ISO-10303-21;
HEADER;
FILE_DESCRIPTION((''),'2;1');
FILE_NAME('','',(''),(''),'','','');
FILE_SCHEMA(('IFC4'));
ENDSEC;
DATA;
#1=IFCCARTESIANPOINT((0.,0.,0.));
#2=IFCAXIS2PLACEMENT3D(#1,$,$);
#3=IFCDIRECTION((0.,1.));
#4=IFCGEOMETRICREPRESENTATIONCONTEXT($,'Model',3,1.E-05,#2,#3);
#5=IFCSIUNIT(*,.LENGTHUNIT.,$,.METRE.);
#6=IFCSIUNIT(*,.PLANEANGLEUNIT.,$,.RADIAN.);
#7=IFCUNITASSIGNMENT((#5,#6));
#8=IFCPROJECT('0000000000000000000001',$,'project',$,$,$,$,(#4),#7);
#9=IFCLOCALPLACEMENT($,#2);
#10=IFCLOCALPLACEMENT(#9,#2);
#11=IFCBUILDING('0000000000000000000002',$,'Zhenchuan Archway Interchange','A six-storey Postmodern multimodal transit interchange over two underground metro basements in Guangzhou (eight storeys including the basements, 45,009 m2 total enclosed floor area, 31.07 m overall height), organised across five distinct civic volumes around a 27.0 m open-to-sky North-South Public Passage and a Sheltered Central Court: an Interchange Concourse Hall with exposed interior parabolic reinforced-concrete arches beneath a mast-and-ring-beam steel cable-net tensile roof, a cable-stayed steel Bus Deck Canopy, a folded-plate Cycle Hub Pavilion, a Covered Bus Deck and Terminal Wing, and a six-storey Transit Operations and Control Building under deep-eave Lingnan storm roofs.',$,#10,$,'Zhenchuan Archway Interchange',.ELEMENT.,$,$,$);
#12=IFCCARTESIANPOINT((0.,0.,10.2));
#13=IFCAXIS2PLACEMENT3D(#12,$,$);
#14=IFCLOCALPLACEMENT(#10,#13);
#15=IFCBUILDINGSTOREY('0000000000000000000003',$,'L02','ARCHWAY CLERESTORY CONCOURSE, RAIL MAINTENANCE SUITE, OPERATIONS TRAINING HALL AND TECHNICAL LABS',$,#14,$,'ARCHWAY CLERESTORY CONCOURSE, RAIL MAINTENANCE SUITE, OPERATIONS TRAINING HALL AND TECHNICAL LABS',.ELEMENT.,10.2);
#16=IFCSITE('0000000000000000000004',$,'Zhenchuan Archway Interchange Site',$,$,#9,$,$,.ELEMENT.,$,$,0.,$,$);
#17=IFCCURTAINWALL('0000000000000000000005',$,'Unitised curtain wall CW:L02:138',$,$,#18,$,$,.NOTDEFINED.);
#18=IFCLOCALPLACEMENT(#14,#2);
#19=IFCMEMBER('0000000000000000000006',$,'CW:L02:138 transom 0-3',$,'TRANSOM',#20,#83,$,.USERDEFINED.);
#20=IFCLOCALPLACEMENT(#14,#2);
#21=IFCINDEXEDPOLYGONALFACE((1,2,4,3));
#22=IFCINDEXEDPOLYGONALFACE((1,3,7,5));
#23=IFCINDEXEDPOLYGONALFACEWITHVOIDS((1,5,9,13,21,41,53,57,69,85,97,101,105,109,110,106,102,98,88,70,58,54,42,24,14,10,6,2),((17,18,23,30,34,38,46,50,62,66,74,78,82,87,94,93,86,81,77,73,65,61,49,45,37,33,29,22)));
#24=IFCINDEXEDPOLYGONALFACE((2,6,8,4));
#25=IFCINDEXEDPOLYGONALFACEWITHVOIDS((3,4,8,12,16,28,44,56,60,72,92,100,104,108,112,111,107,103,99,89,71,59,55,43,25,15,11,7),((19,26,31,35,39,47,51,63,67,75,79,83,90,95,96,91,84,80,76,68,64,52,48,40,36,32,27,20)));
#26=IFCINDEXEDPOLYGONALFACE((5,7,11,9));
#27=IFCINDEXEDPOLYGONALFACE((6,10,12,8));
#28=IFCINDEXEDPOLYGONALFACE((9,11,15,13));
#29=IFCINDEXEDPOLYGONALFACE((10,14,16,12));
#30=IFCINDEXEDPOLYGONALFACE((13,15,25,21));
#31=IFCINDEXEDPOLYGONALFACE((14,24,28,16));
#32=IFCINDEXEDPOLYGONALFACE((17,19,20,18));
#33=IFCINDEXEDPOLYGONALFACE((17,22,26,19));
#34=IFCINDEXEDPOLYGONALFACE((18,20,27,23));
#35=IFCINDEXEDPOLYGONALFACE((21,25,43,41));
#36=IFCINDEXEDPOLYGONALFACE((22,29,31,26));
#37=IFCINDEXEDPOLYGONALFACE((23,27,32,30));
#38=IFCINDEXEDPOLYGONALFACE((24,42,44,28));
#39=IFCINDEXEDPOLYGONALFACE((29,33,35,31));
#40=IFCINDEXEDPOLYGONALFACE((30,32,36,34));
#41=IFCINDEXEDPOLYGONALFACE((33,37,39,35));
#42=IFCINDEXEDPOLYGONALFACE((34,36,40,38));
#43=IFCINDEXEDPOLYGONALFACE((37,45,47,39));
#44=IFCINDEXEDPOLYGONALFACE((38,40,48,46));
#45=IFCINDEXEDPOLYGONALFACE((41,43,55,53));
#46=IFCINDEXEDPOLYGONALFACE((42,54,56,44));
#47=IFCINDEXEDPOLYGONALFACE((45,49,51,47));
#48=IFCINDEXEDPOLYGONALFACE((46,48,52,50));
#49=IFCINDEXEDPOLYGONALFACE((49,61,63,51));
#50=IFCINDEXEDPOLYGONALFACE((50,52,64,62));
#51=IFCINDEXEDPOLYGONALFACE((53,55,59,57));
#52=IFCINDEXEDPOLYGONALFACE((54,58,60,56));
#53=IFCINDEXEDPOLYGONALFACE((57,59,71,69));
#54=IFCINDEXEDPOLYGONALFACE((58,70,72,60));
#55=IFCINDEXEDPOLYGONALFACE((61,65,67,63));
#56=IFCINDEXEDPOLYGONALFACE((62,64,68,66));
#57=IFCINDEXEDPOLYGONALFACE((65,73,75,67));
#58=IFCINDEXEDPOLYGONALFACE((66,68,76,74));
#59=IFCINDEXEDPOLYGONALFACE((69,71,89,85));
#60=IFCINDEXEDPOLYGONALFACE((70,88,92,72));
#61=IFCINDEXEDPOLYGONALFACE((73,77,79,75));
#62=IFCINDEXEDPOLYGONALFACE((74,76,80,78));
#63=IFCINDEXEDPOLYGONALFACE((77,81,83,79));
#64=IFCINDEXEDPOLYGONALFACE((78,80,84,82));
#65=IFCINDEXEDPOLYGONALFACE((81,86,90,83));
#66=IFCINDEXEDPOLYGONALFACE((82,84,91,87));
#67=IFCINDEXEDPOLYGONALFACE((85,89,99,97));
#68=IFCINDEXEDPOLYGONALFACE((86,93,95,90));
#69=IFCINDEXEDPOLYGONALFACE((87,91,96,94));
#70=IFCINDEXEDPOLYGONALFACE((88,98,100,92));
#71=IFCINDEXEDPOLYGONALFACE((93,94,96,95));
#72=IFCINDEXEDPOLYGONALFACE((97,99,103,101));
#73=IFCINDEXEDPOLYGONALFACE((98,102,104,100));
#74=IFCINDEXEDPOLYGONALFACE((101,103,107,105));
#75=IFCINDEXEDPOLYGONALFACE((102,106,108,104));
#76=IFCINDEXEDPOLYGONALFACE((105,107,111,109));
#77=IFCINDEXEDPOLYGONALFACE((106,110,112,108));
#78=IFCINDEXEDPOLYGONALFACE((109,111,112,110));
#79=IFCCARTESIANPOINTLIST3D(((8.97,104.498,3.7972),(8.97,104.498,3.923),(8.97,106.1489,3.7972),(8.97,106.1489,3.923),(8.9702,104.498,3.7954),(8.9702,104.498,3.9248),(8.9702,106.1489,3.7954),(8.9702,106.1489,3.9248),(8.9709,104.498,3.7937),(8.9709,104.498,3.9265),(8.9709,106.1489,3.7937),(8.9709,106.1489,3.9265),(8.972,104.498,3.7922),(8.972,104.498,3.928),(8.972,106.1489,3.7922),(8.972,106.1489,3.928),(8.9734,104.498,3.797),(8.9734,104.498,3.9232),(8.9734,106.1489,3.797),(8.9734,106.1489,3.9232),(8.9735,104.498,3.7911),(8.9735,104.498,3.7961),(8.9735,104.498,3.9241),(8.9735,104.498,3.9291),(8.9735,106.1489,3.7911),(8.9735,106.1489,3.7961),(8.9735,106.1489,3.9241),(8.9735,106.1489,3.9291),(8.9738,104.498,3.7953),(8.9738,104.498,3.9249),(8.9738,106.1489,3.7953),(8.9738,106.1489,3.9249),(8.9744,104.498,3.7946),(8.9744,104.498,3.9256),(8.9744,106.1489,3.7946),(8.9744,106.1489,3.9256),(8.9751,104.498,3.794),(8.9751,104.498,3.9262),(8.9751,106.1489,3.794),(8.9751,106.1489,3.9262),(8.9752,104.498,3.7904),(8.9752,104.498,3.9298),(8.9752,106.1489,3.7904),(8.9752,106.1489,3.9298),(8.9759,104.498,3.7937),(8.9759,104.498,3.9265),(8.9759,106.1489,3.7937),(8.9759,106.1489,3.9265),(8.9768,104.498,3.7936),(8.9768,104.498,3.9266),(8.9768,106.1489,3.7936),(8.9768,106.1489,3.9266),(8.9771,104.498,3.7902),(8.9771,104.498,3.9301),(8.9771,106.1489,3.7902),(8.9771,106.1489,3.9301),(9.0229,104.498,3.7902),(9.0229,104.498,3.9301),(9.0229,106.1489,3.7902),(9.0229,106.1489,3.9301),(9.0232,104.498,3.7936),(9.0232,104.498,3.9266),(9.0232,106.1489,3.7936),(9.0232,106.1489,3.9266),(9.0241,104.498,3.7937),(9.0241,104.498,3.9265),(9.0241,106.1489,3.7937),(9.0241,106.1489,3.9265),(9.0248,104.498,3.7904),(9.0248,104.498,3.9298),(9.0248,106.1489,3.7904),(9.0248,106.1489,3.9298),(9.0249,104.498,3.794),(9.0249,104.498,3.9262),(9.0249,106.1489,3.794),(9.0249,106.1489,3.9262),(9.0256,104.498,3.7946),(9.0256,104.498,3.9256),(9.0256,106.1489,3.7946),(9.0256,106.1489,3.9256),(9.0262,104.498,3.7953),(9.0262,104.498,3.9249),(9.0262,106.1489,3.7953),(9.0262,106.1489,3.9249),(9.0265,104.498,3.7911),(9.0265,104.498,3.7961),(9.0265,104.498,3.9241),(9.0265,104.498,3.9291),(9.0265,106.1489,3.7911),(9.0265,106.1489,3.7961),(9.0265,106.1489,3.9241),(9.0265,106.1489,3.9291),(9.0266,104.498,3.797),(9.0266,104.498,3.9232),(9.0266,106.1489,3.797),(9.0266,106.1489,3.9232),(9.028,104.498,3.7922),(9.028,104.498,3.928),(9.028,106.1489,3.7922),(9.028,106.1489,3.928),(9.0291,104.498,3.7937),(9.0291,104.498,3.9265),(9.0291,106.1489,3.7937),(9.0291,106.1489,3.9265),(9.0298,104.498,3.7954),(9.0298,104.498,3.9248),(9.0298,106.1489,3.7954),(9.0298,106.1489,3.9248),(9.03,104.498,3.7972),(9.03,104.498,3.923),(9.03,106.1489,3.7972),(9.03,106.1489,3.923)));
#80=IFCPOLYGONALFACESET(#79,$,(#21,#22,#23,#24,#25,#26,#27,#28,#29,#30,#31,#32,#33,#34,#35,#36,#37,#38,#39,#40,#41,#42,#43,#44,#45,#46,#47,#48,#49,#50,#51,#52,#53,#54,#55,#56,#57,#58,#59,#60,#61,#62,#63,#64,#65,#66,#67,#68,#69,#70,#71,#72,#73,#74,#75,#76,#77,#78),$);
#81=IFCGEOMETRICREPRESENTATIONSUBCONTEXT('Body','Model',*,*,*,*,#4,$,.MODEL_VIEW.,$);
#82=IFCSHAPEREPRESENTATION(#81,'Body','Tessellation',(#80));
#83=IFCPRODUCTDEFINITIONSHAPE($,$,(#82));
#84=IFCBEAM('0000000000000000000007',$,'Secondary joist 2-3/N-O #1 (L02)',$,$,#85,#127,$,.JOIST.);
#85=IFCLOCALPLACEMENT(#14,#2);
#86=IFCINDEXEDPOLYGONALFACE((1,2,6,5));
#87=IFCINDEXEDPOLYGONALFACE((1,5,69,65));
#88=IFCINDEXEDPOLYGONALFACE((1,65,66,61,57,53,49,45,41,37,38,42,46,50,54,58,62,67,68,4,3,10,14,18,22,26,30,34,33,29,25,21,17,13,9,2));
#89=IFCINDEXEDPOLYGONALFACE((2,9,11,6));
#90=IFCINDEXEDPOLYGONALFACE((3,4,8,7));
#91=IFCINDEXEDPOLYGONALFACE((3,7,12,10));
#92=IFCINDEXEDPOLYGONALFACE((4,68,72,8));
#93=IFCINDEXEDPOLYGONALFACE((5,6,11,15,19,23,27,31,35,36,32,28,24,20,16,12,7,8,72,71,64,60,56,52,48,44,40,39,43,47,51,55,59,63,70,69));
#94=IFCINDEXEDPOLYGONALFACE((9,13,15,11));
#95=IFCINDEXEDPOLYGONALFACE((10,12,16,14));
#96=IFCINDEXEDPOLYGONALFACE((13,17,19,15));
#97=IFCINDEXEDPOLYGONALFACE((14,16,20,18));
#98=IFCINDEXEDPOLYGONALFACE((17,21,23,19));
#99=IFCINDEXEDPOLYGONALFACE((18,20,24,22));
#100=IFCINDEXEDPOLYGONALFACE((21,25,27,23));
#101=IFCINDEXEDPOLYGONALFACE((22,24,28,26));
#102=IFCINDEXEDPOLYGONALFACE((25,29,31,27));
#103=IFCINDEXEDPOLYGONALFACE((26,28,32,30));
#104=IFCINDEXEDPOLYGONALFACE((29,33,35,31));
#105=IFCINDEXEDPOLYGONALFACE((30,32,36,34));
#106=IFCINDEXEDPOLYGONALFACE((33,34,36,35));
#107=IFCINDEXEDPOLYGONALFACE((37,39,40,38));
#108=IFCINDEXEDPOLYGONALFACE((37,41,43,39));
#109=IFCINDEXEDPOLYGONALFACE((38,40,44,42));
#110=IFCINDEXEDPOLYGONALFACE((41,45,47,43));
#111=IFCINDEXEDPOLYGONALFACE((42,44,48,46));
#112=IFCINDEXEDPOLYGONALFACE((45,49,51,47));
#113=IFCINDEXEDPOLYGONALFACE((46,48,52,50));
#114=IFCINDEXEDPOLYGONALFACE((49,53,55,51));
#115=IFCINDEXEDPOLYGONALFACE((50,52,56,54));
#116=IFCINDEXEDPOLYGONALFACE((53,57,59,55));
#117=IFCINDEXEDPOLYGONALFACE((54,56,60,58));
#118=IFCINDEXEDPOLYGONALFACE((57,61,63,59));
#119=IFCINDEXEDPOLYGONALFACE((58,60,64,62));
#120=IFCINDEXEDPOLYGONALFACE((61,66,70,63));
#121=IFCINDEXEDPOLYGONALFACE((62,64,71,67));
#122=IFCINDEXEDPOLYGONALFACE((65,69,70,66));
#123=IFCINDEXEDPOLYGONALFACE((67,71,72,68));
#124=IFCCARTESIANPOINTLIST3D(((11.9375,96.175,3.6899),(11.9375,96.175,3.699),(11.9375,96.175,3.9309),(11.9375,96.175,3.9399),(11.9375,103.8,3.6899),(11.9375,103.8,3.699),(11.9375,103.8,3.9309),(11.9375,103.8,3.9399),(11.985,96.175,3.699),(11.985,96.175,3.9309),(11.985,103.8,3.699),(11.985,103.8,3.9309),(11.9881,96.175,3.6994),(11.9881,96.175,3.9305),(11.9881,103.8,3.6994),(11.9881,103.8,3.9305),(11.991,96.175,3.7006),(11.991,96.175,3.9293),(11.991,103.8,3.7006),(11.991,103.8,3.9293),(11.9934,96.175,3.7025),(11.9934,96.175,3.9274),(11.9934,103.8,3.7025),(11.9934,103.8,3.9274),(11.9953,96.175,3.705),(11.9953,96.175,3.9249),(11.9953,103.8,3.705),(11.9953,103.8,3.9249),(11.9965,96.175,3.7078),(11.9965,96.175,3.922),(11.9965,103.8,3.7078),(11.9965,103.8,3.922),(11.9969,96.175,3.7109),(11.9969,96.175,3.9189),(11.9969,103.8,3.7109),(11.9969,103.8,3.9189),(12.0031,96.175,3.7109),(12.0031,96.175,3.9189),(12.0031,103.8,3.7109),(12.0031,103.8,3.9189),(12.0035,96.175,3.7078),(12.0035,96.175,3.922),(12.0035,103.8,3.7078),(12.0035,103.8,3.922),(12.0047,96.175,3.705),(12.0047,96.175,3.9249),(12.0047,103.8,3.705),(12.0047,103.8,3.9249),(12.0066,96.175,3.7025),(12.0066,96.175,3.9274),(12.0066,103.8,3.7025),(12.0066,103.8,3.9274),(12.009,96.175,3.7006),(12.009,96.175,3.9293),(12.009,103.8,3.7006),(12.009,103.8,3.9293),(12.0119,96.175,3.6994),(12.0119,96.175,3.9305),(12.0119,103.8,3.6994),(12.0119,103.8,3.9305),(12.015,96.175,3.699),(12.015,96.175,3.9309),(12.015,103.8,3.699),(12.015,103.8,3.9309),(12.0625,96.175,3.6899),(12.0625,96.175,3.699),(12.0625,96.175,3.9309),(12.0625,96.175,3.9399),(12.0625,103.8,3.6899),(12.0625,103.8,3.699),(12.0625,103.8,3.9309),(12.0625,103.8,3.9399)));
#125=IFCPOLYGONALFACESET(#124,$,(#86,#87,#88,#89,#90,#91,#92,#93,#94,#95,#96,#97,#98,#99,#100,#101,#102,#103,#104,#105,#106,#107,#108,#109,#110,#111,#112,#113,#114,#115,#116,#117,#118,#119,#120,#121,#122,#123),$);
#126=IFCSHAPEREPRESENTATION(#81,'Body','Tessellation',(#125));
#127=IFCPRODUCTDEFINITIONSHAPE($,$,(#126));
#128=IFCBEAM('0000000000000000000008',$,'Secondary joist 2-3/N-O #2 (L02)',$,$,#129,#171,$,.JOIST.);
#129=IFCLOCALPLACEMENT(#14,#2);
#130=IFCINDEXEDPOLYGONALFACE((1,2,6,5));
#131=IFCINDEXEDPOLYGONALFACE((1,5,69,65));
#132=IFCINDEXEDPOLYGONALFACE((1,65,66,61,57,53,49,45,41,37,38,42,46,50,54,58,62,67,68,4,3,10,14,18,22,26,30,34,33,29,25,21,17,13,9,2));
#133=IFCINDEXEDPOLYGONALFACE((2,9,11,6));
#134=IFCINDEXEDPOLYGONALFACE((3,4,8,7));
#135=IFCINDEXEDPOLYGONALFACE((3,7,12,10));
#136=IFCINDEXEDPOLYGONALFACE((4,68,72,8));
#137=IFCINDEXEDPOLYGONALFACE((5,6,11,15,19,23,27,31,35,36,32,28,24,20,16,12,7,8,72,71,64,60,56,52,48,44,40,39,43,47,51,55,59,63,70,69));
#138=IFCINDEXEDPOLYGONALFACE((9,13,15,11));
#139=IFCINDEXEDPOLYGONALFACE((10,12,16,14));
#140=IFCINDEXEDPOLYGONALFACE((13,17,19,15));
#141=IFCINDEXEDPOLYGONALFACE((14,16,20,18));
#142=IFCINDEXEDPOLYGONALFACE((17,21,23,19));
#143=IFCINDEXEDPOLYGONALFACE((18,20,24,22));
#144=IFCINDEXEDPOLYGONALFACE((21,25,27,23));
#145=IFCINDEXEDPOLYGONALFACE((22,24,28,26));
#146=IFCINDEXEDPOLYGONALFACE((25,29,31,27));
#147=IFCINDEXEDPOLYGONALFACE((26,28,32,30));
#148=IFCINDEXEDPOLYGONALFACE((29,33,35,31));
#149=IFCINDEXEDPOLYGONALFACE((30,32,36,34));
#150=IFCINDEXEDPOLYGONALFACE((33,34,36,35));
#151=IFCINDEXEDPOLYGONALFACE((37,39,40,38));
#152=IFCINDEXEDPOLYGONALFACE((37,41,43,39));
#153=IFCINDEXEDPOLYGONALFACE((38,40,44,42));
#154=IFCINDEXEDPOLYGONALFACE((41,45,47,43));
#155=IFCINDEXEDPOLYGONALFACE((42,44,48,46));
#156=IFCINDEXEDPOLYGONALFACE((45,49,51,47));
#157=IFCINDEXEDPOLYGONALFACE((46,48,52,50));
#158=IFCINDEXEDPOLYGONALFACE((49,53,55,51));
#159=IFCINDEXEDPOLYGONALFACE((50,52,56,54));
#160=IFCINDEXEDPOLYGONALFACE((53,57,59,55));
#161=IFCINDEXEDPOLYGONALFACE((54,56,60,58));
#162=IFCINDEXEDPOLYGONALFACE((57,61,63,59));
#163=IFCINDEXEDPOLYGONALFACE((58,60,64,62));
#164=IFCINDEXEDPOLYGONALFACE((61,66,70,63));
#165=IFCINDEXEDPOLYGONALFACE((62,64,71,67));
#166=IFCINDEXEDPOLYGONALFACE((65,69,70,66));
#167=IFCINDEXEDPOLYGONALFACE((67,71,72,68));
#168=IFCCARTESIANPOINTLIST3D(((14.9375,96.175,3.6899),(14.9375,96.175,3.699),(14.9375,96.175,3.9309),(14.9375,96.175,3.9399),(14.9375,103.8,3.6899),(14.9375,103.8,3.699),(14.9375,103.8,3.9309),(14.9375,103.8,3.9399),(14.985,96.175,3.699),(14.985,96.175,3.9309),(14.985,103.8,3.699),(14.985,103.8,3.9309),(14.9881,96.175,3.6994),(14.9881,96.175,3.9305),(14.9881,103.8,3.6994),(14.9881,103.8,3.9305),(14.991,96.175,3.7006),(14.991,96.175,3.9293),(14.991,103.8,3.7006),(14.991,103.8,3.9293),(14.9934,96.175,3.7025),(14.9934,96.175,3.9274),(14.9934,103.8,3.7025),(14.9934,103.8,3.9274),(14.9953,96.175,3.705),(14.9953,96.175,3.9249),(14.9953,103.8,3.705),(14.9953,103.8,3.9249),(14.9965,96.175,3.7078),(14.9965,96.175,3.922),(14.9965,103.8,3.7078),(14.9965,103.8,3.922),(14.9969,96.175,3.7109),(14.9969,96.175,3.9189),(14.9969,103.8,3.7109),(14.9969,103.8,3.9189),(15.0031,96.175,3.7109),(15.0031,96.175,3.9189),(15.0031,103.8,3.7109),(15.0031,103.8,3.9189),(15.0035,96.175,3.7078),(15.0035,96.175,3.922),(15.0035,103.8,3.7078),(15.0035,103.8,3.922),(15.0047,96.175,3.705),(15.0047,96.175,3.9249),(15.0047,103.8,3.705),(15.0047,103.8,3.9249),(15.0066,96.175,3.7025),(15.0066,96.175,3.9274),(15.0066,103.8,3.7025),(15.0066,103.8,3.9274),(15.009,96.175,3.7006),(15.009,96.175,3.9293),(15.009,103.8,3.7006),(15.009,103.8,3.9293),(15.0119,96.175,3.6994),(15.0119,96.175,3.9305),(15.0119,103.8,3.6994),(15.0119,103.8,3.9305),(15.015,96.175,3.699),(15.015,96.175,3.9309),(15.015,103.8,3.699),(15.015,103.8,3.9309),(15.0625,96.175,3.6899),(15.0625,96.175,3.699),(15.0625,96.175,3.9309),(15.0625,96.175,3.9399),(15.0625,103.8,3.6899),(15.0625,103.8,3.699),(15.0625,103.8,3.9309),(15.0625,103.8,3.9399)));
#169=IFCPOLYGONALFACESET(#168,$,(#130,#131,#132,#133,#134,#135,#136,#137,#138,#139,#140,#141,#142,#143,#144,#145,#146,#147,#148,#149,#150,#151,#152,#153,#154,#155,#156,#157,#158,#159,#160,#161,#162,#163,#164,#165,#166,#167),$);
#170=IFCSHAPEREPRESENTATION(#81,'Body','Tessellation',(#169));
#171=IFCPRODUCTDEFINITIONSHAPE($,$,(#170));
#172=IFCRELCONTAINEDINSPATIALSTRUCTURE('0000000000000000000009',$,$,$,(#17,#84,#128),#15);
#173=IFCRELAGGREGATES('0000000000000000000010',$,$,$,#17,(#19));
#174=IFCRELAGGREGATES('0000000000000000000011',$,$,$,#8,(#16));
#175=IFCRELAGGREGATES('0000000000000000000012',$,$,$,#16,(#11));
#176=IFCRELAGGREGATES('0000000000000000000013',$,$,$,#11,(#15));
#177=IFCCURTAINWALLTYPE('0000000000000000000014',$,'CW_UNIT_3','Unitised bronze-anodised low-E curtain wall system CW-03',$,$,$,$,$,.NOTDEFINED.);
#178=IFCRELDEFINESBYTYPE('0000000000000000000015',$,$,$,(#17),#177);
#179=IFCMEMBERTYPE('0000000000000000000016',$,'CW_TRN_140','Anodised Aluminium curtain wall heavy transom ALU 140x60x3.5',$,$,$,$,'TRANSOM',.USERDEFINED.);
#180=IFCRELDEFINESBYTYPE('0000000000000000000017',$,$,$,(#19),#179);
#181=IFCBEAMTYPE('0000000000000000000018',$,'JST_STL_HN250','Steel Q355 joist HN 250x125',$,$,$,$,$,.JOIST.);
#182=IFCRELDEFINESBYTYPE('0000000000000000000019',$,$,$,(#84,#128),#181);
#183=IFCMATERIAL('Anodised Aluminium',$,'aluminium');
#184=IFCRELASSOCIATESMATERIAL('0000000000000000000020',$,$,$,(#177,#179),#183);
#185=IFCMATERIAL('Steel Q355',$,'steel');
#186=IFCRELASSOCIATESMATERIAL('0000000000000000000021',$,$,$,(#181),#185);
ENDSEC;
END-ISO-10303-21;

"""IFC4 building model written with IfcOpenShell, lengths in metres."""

from ifc_helpers import new_model, si_unit, direction, frame, origin, origin_2d, place, context, subcontext, project, spatial, hollow_rectangle, i_section, extrude, material, material_profile, profile_set, type_object, element, aggregate, save


model = new_model("IFC4")

# Units and contexts
model_context = context("Model", 3, precision=1e-05, world=origin(), true_north=direction((0.0, 1.0)))
body_context = subcontext(model_context, "Body", "Model", "MODEL_VIEW")
ifc_project = project(units=[si_unit("LENGTHUNIT", "METRE"), si_unit("PLANEANGLEUNIT", "RADIAN")], contexts=[model_context])

# Site, building, storey
site_placement = place(None, origin())
site = spatial("IfcSite", under=ifc_project, at=site_placement, Name="Zhenchuan Archway Interchange Site", CompositionType="ELEMENT", RefElevation=0.0)
building_placement = place(site_placement, origin())
building = spatial("IfcBuilding", under=site, at=building_placement, Name="Zhenchuan Archway Interchange", Description="A six-storey Postmodern multimodal transit interchange over two underground metro basements in Guangzhou (eight storeys including the basements, 45,009 m2 total enclosed floor area, 31.07 m overall height), organised across five distinct civic volumes around a 27.0 m open-to-sky North-South Public Passage and a Sheltered Central Court: an Interchange Concourse Hall with exposed interior parabolic reinforced-concrete arches beneath a mast-and-ring-beam steel cable-net tensile roof, a cable-stayed steel Bus Deck Canopy, a folded-plate Cycle Hub Pavilion, a Covered Bus Deck and Terminal Wing, and a six-storey Transit Operations and Control Building under deep-eave Lingnan storm roofs.", LongName="Zhenchuan Archway Interchange", CompositionType="ELEMENT")
storey_placement = place(building_placement, frame((0.0, 0.0, 10.2)))
storey = spatial("IfcBuildingStorey", under=building, at=storey_placement, Name="L02", Description="ARCHWAY CLERESTORY CONCOURSE, RAIL MAINTENANCE SUITE, OPERATIONS TRAINING HALL AND TECHNICAL LABS", LongName="ARCHWAY CLERESTORY CONCOURSE, RAIL MAINTENANCE SUITE, OPERATIONS TRAINING HALL AND TECHNICAL LABS", CompositionType="ELEMENT", Elevation=10.2)

# Curtain wall, member
ifc_material_1 = material(Name="Anodised Aluminium", Category="aluminium")
curtain_wall_type = type_object("IfcCurtainWallType", Name="CW_UNIT_3", Description="Unitised bronze-anodised low-E curtain wall system CW-03", PredefinedType="NOTDEFINED", material=ifc_material_1)
curtain_wall_placement = place(storey_placement, origin())
curtain_wall = element("IfcCurtainWall", 1, at=curtain_wall_placement, inside=storey, type_object=curtain_wall_type, Name="Unitised curtain wall CW:L02:138", PredefinedType="NOTDEFINED")
ifc_material_profile_1 = material_profile(ifc_material_1, hollow_rectangle(XDim=0.0601, YDim=0.1399, WallThickness=0.0034, InnerFilletRadius=0.0034, OuterFilletRadius=0.0071, at=origin_2d()), Name="ALU 140x60x3.5")
ifc_profile_set_1 = profile_set([ifc_material_profile_1], Name="Anodised Aluminium")
member_type_1 = type_object("IfcMemberType", Name="CW_TRN_140", Description="Anodised Aluminium curtain wall heavy transom ALU 140x60x3.5", ElementType="TRANSOM", PredefinedType="USERDEFINED", material=ifc_profile_set_1)
member_1_placement = place(storey_placement, frame((9.0, 104.498, 3.8601), z_axis=(0.0, 1.0, 0.0), x_axis=(-1.0, 0.0, 0.0)))
member_1 = element("IfcMember", 2, at=member_1_placement, type_object=member_type_1, Name="CW:L02:138 transom 0-3", ObjectType="TRANSOM", PredefinedType="USERDEFINED", context=body_context, shape_type="SweptSolid", body=[
    extrude(hollow_rectangle(XDim=0.0601, YDim=0.1399, WallThickness=0.0034, InnerFilletRadius=0.0034, OuterFilletRadius=0.0071, at=origin_2d()), origin(), (0.0, 0.0, 1.0), 1.6509),
])

# Beams
ifc_material_2 = material(Name="Steel Q355", Category="steel")
ifc_material_profile_2 = material_profile(ifc_material_2, i_section(OverallWidth=0.125, OverallDepth=0.25, WebThickness=0.0061, FlangeThickness=0.009, FilletRadius=0.012, at=origin_2d()), Name="HN 250x125")
ifc_profile_set_2 = profile_set([ifc_material_profile_2], Name="Steel Q355")
beam_type_1 = type_object("IfcBeamType", Name="JST_STL_HN250", Description="Steel Q355 joist HN 250x125", PredefinedType="JOIST", material=ifc_profile_set_2)
for number, where, z_axis, x_axis, name in (
    (3, (12.0, 96.175, 3.8149), (0.0, 1.0, 0.0), (-1.0, 0.0, 0.0), "Secondary joist 2-3/N-O #1 (L02)"),
    (4, (15.0, 96.175, 3.8149), (0.0, 1.0, 0.0), (-1.0, 0.0, 0.0), "Secondary joist 2-3/N-O #2 (L02)"),
):
    element("IfcBeam", number, at=place(storey_placement, frame(where, z_axis=z_axis, x_axis=x_axis)), inside=storey, type_object=beam_type_1, Name=name, PredefinedType="JOIST", context=body_context, shape_type="SweptSolid", body=[
        extrude(i_section(OverallWidth=0.125, OverallDepth=0.25, WebThickness=0.0061, FlangeThickness=0.009, FilletRadius=0.012, at=origin_2d()), origin(), (0.0, 0.0, 1.0), 7.625),
    ])

aggregate(curtain_wall, [member_1])

save(model, "model.ifc")
